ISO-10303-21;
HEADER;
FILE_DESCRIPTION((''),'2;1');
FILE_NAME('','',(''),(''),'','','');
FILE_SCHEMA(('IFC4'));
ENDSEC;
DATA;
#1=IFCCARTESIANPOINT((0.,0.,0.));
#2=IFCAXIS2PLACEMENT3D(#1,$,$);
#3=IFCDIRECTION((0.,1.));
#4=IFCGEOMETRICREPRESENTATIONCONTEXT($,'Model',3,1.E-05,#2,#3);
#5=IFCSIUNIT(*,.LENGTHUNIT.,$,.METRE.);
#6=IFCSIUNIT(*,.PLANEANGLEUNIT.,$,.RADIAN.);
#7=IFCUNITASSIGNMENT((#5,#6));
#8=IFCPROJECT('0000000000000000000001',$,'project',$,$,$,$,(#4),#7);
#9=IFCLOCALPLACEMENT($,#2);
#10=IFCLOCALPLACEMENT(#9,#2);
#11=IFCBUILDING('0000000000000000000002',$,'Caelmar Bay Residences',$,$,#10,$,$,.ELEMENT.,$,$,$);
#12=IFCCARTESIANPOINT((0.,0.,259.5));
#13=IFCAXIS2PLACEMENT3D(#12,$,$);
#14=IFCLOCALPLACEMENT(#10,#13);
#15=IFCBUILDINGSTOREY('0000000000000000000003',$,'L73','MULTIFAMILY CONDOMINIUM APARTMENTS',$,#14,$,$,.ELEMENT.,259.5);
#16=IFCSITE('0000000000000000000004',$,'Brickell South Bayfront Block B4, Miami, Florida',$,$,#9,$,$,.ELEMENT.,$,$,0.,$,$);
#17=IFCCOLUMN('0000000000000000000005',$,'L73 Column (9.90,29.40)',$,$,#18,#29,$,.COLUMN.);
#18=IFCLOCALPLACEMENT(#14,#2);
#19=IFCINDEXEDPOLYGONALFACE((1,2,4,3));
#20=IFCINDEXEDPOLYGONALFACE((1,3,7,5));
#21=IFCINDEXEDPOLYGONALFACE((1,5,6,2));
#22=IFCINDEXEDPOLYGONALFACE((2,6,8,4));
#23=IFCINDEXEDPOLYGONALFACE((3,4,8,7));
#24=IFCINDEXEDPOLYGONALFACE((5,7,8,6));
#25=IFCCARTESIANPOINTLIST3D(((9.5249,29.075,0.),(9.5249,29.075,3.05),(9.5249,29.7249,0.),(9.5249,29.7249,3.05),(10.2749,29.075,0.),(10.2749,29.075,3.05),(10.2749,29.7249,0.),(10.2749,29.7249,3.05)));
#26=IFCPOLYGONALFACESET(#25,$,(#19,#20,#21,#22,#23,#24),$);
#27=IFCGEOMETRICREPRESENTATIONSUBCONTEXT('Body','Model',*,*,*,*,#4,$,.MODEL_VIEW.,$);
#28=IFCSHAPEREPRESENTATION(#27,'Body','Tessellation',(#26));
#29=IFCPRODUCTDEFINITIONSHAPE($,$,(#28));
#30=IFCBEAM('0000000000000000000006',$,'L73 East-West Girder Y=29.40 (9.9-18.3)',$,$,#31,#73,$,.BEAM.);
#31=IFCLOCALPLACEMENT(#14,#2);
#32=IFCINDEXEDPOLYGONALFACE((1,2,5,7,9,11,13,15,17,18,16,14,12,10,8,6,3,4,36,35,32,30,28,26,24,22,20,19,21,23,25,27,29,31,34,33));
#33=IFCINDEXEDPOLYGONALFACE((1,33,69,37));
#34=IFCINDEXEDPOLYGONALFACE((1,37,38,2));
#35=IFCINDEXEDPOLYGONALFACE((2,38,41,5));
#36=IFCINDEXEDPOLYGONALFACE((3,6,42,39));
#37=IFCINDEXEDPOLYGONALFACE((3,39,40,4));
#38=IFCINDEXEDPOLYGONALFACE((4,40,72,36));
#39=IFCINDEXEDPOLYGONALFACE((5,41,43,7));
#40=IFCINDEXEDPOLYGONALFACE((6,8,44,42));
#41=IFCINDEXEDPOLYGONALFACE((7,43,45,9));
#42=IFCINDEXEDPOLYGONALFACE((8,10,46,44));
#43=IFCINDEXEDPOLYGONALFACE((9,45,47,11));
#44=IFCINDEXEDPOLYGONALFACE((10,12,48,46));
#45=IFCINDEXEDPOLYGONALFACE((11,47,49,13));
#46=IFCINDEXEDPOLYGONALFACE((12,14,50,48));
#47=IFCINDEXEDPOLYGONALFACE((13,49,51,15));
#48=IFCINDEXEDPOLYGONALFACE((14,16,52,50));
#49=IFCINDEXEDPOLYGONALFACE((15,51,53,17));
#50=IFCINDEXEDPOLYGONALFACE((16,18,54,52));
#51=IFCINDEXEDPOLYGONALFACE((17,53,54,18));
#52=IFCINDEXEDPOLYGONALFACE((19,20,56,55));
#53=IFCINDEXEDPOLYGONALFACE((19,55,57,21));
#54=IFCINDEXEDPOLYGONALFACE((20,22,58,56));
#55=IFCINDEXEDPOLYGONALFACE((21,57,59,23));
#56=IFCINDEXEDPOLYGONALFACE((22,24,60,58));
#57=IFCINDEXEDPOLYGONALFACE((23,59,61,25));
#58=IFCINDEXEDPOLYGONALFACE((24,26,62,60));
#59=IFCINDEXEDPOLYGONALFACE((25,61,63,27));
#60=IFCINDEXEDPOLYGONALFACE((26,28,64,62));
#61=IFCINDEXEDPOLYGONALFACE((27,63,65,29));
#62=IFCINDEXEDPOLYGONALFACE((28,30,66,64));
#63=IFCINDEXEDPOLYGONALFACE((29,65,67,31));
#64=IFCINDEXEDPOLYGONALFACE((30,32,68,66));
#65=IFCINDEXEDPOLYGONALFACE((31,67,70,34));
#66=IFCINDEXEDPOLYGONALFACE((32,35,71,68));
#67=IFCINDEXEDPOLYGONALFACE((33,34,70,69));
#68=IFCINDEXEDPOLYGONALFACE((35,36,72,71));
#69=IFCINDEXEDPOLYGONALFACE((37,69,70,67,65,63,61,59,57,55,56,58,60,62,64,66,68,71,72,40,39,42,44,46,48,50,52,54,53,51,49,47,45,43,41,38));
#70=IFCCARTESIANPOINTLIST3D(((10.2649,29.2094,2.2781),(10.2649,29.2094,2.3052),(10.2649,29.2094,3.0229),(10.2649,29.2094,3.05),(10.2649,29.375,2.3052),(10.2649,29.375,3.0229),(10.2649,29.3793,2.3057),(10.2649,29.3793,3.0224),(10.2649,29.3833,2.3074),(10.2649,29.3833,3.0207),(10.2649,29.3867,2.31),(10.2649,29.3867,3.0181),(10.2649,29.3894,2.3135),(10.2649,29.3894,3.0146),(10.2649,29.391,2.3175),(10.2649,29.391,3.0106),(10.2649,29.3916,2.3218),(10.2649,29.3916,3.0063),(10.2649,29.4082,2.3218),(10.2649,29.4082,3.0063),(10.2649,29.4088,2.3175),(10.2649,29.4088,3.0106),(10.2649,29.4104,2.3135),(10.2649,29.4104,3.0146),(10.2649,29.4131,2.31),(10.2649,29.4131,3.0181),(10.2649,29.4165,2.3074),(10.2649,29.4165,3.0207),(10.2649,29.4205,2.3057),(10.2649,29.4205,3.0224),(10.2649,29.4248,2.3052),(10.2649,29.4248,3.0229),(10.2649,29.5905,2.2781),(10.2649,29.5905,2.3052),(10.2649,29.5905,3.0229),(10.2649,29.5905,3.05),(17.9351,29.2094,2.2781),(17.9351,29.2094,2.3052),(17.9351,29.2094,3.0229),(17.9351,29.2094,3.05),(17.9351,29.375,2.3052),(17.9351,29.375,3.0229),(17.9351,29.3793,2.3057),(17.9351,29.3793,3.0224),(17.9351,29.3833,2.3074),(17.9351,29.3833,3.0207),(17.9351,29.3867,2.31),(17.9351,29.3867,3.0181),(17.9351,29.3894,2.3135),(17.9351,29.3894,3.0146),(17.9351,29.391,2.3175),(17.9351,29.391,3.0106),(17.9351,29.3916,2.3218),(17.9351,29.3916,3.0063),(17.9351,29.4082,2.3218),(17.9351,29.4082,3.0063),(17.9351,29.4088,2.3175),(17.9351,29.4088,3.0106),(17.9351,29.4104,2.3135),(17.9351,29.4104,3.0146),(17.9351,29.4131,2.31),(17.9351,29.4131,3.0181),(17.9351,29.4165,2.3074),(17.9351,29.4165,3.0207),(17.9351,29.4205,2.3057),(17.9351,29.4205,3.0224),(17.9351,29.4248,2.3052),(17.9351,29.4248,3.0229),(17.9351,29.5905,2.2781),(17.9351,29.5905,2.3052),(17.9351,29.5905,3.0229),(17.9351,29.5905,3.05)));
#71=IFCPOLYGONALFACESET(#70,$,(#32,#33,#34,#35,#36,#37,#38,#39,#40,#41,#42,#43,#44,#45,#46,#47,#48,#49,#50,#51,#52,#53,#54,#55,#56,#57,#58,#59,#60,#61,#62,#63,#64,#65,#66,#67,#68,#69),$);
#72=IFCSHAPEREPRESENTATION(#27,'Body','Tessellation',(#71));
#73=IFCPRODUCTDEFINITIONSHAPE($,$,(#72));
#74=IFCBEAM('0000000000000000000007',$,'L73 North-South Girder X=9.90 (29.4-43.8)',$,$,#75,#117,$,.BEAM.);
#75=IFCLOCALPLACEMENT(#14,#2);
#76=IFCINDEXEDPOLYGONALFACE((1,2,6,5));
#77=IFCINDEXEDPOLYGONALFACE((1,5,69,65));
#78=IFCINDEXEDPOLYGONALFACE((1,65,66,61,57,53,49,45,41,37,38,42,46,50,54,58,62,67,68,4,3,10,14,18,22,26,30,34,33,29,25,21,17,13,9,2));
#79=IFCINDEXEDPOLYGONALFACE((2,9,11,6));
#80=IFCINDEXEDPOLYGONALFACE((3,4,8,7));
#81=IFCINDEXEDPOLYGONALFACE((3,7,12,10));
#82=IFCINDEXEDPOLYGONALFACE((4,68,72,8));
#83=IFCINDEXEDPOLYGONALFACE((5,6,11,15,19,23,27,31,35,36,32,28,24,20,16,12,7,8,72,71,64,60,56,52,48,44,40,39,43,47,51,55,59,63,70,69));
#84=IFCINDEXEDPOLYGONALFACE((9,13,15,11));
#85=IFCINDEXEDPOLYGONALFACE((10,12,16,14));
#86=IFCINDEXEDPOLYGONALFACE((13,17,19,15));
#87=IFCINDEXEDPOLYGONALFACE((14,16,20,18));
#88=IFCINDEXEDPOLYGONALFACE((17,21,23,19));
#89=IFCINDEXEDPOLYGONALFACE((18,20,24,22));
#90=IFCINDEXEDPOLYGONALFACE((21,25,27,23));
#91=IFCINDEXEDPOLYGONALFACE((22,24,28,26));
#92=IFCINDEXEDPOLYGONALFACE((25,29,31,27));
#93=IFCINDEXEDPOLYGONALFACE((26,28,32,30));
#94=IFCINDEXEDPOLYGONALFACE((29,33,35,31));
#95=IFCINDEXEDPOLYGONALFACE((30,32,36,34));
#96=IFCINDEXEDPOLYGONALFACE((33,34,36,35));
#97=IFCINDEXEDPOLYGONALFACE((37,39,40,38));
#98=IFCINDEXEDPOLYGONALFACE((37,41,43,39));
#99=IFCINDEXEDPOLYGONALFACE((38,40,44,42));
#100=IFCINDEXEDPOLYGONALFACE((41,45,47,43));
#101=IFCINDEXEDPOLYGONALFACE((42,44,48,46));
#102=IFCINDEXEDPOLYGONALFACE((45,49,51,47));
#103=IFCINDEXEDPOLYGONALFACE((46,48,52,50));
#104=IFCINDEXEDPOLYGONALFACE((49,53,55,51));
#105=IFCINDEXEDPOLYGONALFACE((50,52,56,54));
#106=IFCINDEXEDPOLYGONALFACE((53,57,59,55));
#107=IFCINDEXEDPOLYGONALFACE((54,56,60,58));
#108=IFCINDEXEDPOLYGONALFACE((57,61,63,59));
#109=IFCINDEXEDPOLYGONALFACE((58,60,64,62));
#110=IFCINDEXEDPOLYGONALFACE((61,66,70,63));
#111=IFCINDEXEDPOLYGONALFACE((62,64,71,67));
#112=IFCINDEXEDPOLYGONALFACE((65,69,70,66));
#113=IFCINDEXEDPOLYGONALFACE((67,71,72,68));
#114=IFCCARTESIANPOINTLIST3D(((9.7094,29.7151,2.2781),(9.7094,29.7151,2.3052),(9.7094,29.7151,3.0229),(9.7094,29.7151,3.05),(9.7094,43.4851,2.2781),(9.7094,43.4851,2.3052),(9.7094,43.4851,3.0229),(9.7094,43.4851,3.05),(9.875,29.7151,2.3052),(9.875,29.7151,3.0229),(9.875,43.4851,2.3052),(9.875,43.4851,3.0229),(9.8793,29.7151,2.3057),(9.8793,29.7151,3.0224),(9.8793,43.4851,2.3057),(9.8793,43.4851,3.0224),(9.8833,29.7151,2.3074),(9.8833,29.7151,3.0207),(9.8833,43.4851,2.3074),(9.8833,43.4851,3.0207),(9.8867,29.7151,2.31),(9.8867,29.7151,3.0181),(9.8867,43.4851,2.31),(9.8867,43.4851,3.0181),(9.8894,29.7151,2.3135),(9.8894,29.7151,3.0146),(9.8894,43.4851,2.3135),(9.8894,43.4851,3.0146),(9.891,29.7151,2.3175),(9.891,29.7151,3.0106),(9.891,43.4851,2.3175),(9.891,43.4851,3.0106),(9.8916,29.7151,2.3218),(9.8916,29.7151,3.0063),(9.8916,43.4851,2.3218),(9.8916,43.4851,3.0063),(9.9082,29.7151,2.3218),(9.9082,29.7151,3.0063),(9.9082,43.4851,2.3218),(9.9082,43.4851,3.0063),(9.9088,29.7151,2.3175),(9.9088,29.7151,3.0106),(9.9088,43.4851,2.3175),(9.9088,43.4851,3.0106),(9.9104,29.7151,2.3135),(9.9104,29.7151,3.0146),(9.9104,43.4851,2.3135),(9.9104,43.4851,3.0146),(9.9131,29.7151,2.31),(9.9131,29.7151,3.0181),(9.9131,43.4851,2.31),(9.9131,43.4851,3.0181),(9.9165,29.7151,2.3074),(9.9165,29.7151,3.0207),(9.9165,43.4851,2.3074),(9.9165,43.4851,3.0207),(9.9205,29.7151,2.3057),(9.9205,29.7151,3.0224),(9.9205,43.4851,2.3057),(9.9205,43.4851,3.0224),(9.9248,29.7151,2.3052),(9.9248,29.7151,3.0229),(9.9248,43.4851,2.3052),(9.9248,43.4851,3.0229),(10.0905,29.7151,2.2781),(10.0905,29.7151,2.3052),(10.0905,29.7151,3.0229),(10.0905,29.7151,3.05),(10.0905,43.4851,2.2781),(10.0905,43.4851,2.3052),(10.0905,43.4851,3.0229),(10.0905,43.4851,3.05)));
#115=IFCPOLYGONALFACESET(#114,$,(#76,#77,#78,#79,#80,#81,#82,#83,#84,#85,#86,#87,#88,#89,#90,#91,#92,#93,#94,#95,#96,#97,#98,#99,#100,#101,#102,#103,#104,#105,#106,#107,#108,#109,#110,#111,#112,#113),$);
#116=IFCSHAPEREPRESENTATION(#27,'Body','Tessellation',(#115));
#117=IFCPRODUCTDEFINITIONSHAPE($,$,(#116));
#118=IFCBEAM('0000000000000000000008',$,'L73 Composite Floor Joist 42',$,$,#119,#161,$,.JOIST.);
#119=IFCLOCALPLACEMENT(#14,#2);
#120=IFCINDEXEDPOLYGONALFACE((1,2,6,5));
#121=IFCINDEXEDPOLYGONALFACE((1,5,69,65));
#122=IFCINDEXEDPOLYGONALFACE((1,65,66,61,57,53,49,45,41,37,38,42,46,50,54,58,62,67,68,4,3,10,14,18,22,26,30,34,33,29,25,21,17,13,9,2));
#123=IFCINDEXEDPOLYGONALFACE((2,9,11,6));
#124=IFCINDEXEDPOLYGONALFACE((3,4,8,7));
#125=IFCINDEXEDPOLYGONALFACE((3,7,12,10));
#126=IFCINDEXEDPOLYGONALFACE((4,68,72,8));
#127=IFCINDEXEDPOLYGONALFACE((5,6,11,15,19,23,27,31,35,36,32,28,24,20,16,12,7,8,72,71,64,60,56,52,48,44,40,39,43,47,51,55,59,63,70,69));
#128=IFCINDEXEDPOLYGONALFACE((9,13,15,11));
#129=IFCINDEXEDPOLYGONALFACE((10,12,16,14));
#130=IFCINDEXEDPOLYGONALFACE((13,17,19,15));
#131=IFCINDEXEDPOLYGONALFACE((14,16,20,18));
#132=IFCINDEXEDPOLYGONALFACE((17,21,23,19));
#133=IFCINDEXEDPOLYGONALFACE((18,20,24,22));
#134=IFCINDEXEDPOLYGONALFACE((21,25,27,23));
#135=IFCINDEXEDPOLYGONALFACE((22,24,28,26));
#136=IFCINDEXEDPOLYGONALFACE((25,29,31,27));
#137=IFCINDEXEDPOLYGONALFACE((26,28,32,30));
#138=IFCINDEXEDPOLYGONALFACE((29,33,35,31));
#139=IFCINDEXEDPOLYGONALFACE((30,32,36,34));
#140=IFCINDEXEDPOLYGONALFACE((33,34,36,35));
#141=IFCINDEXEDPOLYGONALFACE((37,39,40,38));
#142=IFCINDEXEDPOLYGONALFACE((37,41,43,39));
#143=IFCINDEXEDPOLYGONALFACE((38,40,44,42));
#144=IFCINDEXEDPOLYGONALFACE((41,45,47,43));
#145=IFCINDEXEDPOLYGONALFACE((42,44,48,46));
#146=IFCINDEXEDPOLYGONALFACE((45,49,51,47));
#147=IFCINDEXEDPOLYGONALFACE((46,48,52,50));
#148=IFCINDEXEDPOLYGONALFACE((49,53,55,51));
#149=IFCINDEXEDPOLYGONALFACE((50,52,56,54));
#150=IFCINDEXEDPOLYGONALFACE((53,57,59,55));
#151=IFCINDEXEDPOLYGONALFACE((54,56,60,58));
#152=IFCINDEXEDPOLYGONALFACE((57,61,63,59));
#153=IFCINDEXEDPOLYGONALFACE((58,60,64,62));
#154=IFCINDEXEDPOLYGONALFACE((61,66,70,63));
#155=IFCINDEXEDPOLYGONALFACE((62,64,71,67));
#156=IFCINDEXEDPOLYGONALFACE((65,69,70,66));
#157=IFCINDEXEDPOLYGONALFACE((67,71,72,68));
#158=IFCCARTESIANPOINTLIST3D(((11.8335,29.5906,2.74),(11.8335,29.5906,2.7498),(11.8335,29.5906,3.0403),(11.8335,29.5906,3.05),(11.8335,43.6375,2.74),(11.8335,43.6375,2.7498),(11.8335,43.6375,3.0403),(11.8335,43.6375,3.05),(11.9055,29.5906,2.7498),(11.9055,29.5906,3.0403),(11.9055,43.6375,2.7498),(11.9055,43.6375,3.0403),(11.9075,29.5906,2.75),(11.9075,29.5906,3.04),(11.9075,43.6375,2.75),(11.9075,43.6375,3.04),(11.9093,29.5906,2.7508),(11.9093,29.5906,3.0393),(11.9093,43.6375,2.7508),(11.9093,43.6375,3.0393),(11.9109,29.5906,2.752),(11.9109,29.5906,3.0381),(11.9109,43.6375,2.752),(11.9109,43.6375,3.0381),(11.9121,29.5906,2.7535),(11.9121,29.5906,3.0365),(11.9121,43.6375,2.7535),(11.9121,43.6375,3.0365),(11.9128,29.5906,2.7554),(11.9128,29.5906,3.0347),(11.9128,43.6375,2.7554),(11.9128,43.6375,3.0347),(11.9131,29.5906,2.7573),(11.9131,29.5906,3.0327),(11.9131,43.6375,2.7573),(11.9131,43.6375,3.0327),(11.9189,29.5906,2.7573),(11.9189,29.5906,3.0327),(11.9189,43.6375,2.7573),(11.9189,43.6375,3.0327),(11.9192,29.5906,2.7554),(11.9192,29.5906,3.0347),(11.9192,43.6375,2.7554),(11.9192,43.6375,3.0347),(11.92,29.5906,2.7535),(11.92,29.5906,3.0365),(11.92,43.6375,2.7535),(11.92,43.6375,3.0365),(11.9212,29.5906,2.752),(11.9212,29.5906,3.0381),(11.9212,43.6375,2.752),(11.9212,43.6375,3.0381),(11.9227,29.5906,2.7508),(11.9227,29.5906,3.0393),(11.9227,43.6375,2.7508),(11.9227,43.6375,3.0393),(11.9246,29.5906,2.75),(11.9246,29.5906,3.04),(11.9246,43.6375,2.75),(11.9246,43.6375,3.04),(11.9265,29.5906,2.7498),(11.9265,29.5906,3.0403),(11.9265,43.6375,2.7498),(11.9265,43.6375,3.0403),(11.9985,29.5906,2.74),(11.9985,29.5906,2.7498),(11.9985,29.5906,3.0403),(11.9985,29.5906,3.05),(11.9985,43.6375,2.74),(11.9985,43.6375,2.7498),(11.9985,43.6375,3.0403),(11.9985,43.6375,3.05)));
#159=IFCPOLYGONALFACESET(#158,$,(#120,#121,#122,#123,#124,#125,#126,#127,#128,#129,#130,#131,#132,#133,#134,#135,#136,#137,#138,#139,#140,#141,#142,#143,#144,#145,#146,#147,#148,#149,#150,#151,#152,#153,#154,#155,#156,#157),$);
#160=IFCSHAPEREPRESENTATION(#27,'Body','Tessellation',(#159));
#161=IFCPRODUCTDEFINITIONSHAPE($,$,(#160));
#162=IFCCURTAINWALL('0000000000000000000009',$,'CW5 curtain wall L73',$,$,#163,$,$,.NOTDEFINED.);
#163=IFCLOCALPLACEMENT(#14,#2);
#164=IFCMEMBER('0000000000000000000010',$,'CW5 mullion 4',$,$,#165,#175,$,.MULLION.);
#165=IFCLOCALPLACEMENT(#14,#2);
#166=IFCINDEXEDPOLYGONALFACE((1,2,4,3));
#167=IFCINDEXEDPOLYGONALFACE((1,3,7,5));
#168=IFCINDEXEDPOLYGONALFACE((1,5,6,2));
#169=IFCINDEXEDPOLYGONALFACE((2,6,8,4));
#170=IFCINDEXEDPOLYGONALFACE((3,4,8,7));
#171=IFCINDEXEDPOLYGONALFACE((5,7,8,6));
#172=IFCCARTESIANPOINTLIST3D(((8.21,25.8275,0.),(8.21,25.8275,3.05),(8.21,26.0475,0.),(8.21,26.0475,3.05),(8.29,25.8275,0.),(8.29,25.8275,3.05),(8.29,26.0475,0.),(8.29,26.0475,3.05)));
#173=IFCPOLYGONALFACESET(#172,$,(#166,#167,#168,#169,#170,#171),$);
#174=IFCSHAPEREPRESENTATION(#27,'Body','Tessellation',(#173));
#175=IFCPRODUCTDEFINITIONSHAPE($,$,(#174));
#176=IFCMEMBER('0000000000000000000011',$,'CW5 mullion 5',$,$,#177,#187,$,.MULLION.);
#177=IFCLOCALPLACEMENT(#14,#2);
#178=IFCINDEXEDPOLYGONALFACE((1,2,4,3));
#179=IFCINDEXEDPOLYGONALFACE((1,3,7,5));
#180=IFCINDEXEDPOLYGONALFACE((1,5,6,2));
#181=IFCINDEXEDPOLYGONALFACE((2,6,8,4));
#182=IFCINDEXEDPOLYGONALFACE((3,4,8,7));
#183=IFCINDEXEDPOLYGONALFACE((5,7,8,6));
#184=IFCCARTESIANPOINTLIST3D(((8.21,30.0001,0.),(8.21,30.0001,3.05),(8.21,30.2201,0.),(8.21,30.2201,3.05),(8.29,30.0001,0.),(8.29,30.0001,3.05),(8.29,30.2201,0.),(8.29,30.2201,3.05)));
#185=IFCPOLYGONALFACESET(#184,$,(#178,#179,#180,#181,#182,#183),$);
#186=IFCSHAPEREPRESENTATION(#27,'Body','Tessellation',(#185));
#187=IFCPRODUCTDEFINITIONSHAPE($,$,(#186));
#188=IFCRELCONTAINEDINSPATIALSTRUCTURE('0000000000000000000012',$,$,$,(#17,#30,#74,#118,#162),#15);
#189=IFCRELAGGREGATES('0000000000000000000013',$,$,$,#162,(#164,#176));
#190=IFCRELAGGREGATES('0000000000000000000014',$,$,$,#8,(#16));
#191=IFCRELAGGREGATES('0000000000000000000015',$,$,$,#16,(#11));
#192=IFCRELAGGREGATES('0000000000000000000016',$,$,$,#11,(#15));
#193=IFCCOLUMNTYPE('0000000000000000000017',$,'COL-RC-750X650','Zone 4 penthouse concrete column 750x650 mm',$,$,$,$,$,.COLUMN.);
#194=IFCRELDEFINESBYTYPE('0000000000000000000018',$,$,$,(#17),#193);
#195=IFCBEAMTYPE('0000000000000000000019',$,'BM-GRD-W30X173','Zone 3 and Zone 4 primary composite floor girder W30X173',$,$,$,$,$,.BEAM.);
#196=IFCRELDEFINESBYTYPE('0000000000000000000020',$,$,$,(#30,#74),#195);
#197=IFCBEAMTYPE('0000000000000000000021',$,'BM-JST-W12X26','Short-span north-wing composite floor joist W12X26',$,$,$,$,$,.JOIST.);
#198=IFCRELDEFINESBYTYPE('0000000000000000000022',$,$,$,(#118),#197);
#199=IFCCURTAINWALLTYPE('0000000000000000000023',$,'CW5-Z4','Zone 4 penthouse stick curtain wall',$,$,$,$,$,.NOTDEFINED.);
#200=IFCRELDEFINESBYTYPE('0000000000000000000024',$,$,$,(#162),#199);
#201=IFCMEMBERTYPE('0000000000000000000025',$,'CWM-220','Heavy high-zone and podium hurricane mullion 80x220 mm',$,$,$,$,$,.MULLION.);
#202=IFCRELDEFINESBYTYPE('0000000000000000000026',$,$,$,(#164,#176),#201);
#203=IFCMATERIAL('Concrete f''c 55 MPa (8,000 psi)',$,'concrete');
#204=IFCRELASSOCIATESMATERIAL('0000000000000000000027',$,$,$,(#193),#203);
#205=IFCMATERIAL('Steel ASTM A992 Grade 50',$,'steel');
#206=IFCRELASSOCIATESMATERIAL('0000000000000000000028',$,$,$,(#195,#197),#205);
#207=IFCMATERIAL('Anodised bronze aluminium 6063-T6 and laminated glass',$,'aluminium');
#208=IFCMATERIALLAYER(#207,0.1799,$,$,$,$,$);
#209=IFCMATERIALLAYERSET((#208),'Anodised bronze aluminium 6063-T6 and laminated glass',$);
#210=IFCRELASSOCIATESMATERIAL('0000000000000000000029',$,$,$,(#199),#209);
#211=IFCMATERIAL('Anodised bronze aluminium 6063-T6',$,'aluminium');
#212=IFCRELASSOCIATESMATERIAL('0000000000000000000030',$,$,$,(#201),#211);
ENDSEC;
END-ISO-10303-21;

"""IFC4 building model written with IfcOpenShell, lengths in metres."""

from ifc_helpers import new_model, si_unit, direction, frame, origin, origin_2d, place, context, subcontext, project, spatial, rectangle, i_section, extrude, material, layer, layer_set, material_profile, profile_set, type_object, element, aggregate, save


model = new_model("IFC4")

# Units and contexts
model_context = context("Model", 3, precision=1e-05, world=origin(), true_north=direction((0.0, 1.0)))
body_context = subcontext(model_context, "Body", "Model", "MODEL_VIEW")
ifc_project = project(units=[si_unit("LENGTHUNIT", "METRE"), si_unit("PLANEANGLEUNIT", "RADIAN")], contexts=[model_context])

# Site, building, storey
site_placement = place(None, origin())
site = spatial("IfcSite", under=ifc_project, at=site_placement, Name="Brickell South Bayfront Block B4, Miami, Florida", CompositionType="ELEMENT", RefElevation=0.0)
building_placement = place(site_placement, origin())
building = spatial("IfcBuilding", under=site, at=building_placement, Name="Caelmar Bay Residences", CompositionType="ELEMENT")
storey_placement = place(building_placement, frame((0.0, 0.0, 259.5)))
storey = spatial("IfcBuildingStorey", under=building, at=storey_placement, Name="L73", Description="MULTIFAMILY CONDOMINIUM APARTMENTS", CompositionType="ELEMENT", Elevation=259.5)

# Column
ifc_material_1 = material(Name="Concrete f'c 55 MPa (8,000 psi)", Category="concrete")
ifc_material_profile_1 = material_profile(ifc_material_1, rectangle(XDim=0.75, YDim=0.6499, at=origin_2d()), Name="RC-COL-750X650")
ifc_profile_set_1 = profile_set([ifc_material_profile_1], Name="Concrete f'c 55 MPa (8,000 psi)")
column_type = type_object("IfcColumnType", Name="COL-RC-750X650", Description="Zone 4 penthouse concrete column 750x650 mm", PredefinedType="COLUMN", material=ifc_profile_set_1)
column_placement = place(storey_placement, frame((9.8999, 29.3999, 0.0), z_axis=(0.0, 0.0, 1.0), x_axis=(1.0, 0.0, 0.0)))
element("IfcColumn", 1, at=column_placement, inside=storey, type_object=column_type, Name="L73 Column (9.90,29.40)", PredefinedType="COLUMN", context=body_context, shape_type="SweptSolid", body=[
    extrude(rectangle(XDim=0.75, YDim=0.6499, at=origin_2d()), origin(), (0.0, 0.0, 1.0), 3.05),
])

# Beams
ifc_material_2 = material(Name="Steel ASTM A992 Grade 50", Category="steel")
ifc_material_profile_2 = material_profile(ifc_material_2, i_section(OverallWidth=0.3811, OverallDepth=0.772, WebThickness=0.0166, FlangeThickness=0.0271, FilletRadius=0.0166, at=origin_2d()), Name="W30X173")
ifc_profile_set_2 = profile_set([ifc_material_profile_2], Name="Steel ASTM A992 Grade 50")
beam_type_1 = type_object("IfcBeamType", Name="BM-GRD-W30X173", Description="Zone 3 and Zone 4 primary composite floor girder W30X173", PredefinedType="BEAM", material=ifc_profile_set_2)
beam_1_placement = place(storey_placement, frame((10.2649, 29.3999, 2.6641), z_axis=(1.0, 0.0, 0.0), x_axis=(0.0, 1.0, 0.0)))
element("IfcBeam", 2, at=beam_1_placement, inside=storey, type_object=beam_type_1, Name="L73 East-West Girder Y=29.40 (9.9-18.3)", PredefinedType="BEAM", context=body_context, shape_type="SweptSolid", body=[
    extrude(i_section(OverallWidth=0.3811, OverallDepth=0.772, WebThickness=0.0166, FlangeThickness=0.0271, FilletRadius=0.0166, at=origin_2d()), origin(), (0.0, 0.0, 1.0), 7.6702),
])
beam_2_placement = place(storey_placement, frame((9.8999, 29.7151, 2.6641), z_axis=(0.0, 1.0, 0.0), x_axis=(-1.0, 0.0, 0.0)))
element("IfcBeam", 3, at=beam_2_placement, inside=storey, type_object=beam_type_1, Name="L73 North-South Girder X=9.90 (29.4-43.8)", PredefinedType="BEAM", context=body_context, shape_type="SweptSolid", body=[
    extrude(i_section(OverallWidth=0.3811, OverallDepth=0.772, WebThickness=0.0166, FlangeThickness=0.0271, FilletRadius=0.0166, at=origin_2d()), origin(), (0.0, 0.0, 1.0), 13.77),
])
ifc_material_profile_3 = material_profile(ifc_material_2, i_section(OverallWidth=0.165, OverallDepth=0.3101, WebThickness=0.0059, FlangeThickness=0.0098, FilletRadius=0.0076, at=origin_2d()), Name="W12X26")
ifc_profile_set_3 = profile_set([ifc_material_profile_3], Name="Steel ASTM A992 Grade 50")
beam_type_2 = type_object("IfcBeamType", Name="BM-JST-W12X26", Description="Short-span north-wing composite floor joist W12X26", PredefinedType="JOIST", material=ifc_profile_set_3)
beam_3_placement = place(storey_placement, frame((11.916, 29.5906, 2.895), z_axis=(0.0, 1.0, 0.0), x_axis=(-1.0, 0.0, 0.0)))
element("IfcBeam", 4, at=beam_3_placement, inside=storey, type_object=beam_type_2, Name="L73 Composite Floor Joist 42", PredefinedType="JOIST", context=body_context, shape_type="SweptSolid", body=[
    extrude(i_section(OverallWidth=0.165, OverallDepth=0.3101, WebThickness=0.0059, FlangeThickness=0.0098, FilletRadius=0.0076, at=origin_2d()), origin(), (0.0, 0.0, 1.0), 14.0469),
])

# Curtain wall, members
ifc_material_3 = material(Name="Anodised bronze aluminium 6063-T6 and laminated glass", Category="aluminium")
ifc_layer_1 = layer(ifc_material_3, 0.1799)
ifc_layer_set_1 = layer_set([ifc_layer_1], Name="Anodised bronze aluminium 6063-T6 and laminated glass")
curtain_wall_type = type_object("IfcCurtainWallType", Name="CW5-Z4", Description="Zone 4 penthouse stick curtain wall", PredefinedType="NOTDEFINED", material=ifc_layer_set_1)
curtain_wall_placement = place(storey_placement, origin())
curtain_wall = element("IfcCurtainWall", 5, at=curtain_wall_placement, inside=storey, type_object=curtain_wall_type, Name="CW5 curtain wall L73", PredefinedType="NOTDEFINED")
ifc_material_4 = material(Name="Anodised bronze aluminium 6063-T6", Category="aluminium")
ifc_material_profile_4 = material_profile(ifc_material_4, rectangle(XDim=0.0801, YDim=0.22, at=origin_2d()), Name="CWM-80X220")
ifc_profile_set_4 = profile_set([ifc_material_profile_4], Name="Anodised bronze aluminium 6063-T6")
member_type_1 = type_object("IfcMemberType", Name="CWM-220", Description="Heavy high-zone and podium hurricane mullion 80x220 mm", PredefinedType="MULLION", material=ifc_profile_set_4)
member_1_placement = place(storey_placement, frame((8.25, 25.9375, 0.0), z_axis=(0.0, 0.0, 1.0), x_axis=(-1.0, 0.0, 0.0)))
member_1 = element("IfcMember", 6, at=member_1_placement, type_object=member_type_1, Name="CW5 mullion 4", PredefinedType="MULLION", context=body_context, shape_type="SweptSolid", body=[
    extrude(rectangle(XDim=0.0801, YDim=0.22, at=origin_2d()), origin(), (0.0, 0.0, 1.0), 3.05),
])
member_2_placement = place(storey_placement, frame((8.25, 30.1101, 0.0), z_axis=(0.0, 0.0, 1.0), x_axis=(-1.0, 0.0, 0.0)))
member_2 = element("IfcMember", 7, at=member_2_placement, type_object=member_type_1, Name="CW5 mullion 5", PredefinedType="MULLION", context=body_context, shape_type="SweptSolid", body=[
    extrude(rectangle(XDim=0.0801, YDim=0.22, at=origin_2d()), origin(), (0.0, 0.0, 1.0), 3.05),
])
aggregate(curtain_wall, [member_1, member_2])

save(model, "model.ifc")
